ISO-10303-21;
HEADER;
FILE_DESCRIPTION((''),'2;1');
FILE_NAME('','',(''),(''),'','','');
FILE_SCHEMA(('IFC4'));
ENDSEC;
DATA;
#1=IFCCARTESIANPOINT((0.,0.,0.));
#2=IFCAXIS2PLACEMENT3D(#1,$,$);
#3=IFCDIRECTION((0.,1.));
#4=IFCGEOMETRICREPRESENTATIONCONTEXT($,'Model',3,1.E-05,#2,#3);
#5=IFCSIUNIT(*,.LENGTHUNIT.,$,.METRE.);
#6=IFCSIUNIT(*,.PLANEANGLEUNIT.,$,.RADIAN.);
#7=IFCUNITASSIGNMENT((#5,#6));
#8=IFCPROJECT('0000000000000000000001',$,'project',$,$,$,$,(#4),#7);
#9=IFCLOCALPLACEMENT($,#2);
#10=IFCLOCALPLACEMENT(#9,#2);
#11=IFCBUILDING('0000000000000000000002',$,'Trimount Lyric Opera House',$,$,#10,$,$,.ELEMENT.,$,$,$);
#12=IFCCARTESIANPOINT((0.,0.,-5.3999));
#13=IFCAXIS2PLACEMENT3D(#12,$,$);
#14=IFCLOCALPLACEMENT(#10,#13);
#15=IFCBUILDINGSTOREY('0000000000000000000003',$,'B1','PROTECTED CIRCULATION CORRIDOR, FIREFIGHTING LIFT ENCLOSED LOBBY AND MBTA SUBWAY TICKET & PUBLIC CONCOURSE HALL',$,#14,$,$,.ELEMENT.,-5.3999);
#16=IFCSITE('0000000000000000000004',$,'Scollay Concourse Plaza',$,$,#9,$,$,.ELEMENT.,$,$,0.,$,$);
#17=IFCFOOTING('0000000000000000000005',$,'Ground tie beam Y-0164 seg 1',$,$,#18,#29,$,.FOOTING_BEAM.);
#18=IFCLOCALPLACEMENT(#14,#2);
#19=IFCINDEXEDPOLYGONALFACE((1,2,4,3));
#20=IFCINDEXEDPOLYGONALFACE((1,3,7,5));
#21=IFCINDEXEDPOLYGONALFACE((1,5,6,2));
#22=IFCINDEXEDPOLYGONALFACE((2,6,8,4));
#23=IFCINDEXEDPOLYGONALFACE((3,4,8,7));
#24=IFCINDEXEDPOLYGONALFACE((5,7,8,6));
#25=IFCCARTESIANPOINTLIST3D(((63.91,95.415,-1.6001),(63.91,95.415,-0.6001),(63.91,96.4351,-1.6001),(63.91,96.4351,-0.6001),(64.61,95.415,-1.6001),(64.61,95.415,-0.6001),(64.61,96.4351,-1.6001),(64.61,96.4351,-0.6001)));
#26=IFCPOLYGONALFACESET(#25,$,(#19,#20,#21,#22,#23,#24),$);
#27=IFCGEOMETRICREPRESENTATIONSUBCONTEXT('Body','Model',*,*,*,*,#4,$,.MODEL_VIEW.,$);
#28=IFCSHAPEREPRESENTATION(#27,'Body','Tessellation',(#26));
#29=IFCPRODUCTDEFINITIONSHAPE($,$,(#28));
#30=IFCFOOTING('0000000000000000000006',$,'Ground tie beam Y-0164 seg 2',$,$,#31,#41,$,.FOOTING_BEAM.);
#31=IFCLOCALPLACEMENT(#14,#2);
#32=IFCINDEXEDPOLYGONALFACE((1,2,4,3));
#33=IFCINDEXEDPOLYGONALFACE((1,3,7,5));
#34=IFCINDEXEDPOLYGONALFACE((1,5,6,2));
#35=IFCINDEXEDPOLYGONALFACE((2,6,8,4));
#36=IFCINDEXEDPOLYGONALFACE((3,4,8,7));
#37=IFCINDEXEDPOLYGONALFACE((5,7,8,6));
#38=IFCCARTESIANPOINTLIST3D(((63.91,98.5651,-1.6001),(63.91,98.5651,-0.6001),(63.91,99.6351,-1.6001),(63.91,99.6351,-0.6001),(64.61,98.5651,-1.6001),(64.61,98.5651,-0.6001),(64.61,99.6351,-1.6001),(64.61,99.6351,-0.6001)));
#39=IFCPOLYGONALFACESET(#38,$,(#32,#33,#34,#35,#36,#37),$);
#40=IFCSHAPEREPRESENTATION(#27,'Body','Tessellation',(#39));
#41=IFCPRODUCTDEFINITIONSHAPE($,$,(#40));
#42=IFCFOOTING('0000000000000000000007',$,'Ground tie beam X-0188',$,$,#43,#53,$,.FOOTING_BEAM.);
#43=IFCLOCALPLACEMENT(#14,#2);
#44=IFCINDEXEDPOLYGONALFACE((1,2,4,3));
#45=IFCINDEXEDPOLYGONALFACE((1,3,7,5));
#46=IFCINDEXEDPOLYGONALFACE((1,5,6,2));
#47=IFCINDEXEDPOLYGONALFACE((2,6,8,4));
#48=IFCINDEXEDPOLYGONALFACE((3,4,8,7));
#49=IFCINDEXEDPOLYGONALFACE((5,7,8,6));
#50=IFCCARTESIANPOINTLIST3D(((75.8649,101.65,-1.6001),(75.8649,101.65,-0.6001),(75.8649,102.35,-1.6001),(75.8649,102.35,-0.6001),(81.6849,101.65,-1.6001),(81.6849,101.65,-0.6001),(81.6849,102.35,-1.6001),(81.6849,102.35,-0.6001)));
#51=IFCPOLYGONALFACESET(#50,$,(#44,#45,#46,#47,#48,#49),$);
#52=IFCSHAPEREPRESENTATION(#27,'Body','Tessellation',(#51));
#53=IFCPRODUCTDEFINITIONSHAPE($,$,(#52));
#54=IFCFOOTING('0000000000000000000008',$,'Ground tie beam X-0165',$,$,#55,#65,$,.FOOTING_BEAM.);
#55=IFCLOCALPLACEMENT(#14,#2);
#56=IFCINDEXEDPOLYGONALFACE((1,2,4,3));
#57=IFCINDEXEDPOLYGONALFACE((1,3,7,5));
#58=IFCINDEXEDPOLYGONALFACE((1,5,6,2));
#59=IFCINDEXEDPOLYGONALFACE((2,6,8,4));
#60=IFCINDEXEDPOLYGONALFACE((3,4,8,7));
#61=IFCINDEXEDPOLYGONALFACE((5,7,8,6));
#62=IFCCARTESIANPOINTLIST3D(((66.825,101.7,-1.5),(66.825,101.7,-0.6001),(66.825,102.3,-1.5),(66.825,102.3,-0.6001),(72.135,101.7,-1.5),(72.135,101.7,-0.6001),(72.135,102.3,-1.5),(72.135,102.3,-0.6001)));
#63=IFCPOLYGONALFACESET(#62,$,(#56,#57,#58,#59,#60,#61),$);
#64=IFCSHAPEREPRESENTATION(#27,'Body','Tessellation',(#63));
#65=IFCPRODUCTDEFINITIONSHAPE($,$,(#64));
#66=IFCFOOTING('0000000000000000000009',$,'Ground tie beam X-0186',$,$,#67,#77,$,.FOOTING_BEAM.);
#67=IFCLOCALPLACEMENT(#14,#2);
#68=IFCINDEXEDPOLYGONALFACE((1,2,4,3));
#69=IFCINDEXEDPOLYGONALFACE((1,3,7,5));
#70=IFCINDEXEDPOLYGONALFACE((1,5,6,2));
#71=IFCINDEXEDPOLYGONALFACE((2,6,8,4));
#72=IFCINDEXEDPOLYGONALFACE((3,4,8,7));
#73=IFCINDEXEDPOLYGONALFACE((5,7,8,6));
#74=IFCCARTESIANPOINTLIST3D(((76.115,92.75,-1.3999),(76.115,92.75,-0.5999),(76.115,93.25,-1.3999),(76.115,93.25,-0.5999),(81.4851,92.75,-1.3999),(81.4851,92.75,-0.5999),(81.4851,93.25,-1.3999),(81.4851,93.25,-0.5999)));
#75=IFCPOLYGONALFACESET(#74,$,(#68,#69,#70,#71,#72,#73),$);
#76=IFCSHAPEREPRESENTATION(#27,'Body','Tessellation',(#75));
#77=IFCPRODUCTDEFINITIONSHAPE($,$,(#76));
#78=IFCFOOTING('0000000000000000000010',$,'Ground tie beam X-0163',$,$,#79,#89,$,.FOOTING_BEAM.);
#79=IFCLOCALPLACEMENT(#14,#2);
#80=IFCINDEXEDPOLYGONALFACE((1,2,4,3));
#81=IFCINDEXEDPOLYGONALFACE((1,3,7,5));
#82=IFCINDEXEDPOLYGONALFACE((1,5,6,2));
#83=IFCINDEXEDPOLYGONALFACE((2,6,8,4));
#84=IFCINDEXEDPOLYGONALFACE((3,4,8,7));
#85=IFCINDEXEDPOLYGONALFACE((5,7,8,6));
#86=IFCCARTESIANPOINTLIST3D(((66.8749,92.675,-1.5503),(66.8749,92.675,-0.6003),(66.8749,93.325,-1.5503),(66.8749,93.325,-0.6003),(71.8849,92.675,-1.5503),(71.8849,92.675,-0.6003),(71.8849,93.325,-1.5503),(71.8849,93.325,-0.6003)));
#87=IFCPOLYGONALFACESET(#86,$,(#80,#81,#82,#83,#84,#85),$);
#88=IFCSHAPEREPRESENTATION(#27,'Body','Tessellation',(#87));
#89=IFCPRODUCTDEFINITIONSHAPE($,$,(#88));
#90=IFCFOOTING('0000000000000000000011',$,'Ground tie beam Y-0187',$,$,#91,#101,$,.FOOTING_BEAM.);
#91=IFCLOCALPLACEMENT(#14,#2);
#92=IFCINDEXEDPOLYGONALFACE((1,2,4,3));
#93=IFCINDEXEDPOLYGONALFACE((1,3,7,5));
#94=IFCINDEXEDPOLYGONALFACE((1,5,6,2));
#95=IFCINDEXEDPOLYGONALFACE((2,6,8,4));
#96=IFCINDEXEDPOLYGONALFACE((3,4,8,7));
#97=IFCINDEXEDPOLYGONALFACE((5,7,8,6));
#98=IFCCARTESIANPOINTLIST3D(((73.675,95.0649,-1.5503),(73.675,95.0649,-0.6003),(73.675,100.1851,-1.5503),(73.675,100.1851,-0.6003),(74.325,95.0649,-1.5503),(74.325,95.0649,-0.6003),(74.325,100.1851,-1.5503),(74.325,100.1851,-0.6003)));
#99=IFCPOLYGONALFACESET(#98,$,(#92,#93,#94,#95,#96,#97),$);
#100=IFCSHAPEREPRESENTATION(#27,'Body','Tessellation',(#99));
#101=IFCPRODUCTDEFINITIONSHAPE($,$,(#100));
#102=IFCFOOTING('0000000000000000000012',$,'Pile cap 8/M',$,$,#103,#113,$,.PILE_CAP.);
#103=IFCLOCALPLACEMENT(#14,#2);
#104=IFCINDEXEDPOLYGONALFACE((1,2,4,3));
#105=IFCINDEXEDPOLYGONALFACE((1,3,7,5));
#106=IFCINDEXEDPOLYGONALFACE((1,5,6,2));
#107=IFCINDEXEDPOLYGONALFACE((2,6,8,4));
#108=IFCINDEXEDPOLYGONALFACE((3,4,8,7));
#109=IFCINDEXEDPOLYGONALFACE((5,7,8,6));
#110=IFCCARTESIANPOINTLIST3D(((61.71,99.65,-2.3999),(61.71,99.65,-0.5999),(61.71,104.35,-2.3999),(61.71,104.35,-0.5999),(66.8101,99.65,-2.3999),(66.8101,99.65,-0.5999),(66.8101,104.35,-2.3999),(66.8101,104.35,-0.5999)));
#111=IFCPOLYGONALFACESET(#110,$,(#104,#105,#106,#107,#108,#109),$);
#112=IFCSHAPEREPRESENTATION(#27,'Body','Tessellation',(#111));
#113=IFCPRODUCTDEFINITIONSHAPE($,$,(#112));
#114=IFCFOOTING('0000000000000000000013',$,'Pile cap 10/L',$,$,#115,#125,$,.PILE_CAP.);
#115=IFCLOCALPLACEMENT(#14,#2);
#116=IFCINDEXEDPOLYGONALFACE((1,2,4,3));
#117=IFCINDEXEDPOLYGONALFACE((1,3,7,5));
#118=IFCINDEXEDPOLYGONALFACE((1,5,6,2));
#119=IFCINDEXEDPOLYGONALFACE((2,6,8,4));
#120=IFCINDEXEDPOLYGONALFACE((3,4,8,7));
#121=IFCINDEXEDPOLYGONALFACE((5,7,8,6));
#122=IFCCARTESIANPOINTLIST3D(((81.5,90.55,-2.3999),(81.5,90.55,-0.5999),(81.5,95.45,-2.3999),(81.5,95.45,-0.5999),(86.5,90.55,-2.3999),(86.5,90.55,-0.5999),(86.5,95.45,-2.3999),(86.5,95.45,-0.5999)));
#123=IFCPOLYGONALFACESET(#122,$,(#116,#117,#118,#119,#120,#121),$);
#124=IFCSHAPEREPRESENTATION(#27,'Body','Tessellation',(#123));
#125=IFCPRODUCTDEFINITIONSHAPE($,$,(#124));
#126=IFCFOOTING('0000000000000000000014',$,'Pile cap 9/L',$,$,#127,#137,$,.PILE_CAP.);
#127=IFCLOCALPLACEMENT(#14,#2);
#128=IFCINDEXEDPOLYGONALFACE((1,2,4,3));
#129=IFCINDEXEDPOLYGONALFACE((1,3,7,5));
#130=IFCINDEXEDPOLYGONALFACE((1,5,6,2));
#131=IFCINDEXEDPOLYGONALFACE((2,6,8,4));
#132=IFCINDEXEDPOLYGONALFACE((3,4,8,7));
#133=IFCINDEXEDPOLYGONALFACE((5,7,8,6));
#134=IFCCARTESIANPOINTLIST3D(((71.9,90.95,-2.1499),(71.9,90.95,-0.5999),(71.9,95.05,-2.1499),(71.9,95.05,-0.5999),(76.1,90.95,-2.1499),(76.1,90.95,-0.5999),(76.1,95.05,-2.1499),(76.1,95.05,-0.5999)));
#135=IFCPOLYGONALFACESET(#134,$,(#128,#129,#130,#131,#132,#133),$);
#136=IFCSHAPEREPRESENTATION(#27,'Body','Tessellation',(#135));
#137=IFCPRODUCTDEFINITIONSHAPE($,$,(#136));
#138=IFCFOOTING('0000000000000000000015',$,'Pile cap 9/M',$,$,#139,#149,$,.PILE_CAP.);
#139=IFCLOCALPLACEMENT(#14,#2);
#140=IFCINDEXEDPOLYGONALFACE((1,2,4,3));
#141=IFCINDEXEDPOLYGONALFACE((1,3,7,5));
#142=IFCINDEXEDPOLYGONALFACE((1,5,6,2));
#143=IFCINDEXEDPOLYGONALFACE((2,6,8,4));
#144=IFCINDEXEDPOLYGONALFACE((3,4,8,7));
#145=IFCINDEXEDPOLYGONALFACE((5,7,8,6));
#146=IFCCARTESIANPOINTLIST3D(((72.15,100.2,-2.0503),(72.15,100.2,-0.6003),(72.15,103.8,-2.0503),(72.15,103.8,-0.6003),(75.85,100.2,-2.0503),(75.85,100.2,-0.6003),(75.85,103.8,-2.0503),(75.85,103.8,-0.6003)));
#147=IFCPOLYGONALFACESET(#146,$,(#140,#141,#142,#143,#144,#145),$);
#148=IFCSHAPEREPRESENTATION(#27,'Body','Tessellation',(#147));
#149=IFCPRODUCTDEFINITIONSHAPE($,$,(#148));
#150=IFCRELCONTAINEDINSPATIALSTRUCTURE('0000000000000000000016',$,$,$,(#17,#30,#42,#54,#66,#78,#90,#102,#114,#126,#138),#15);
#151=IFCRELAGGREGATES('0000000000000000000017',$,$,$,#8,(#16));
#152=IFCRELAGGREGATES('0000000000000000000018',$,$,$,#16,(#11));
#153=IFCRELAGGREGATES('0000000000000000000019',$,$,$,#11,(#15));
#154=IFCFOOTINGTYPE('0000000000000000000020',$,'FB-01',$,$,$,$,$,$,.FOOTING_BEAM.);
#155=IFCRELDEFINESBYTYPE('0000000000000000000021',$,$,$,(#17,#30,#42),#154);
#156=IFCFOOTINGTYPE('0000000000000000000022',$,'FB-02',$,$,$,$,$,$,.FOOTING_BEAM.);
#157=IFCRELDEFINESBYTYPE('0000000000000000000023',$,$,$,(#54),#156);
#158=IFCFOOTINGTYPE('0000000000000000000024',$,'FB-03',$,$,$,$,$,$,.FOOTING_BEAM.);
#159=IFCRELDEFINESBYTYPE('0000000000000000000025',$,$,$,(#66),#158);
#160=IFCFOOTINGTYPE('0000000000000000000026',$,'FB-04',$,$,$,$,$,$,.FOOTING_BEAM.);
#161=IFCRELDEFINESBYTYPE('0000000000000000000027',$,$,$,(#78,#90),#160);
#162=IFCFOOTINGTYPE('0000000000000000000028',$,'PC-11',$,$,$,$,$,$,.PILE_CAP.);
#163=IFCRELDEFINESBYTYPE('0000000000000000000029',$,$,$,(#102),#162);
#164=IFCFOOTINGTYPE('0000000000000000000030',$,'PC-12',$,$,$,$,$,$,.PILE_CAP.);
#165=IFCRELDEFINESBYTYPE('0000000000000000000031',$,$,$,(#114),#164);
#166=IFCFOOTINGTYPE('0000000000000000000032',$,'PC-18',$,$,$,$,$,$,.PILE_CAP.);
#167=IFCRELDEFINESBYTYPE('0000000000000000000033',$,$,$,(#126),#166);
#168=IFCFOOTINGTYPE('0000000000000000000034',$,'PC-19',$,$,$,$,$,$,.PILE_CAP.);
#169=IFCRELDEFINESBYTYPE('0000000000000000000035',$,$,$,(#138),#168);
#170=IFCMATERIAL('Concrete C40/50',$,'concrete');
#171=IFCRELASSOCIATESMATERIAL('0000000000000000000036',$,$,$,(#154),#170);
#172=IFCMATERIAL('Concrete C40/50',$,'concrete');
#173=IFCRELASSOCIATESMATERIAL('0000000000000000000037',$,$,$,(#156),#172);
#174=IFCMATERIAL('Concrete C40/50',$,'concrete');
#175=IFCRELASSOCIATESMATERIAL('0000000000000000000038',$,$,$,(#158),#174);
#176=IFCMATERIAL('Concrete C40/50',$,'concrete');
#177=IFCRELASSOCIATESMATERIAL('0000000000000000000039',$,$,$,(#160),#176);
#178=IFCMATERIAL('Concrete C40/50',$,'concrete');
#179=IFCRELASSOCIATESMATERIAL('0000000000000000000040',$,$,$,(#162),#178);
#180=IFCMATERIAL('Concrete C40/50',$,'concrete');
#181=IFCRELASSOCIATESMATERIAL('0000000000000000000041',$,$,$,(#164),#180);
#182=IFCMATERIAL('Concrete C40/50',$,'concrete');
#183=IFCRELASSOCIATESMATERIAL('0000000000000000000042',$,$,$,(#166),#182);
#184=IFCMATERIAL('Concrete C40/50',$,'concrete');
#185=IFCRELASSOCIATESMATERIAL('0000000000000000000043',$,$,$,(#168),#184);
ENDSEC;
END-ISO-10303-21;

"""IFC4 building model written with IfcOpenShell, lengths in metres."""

from ifc_helpers import new_model, si_unit, direction, frame, origin, origin_2d, place, context, subcontext, project, spatial, rectangle, extrude, material, type_object, element, save


model = new_model("IFC4")

# Units and contexts
model_context = context("Model", 3, precision=1e-05, world=origin(), true_north=direction((0.0, 1.0)))
body_context = subcontext(model_context, "Body", "Model", "MODEL_VIEW")
ifc_project = project(units=[si_unit("LENGTHUNIT", "METRE"), si_unit("PLANEANGLEUNIT", "RADIAN")], contexts=[model_context])

# Site, building, storey
site_placement = place(None, origin())
site = spatial("IfcSite", under=ifc_project, at=site_placement, Name="Scollay Concourse Plaza", CompositionType="ELEMENT", RefElevation=0.0)
building_placement = place(site_placement, origin())
building = spatial("IfcBuilding", under=site, at=building_placement, Name="Trimount Lyric Opera House", CompositionType="ELEMENT")
storey_placement = place(building_placement, frame((0.0, 0.0, -5.3999)))
storey = spatial("IfcBuildingStorey", under=building, at=storey_placement, Name="B1", Description="PROTECTED CIRCULATION CORRIDOR, FIREFIGHTING LIFT ENCLOSED LOBBY AND MBTA SUBWAY TICKET & PUBLIC CONCOURSE HALL", CompositionType="ELEMENT", Elevation=-5.3999)

# Footings
ifc_material_1 = material(Name="Concrete C40/50", Category="concrete")
footing_type_1 = type_object("IfcFootingType", Name="FB-01", PredefinedType="FOOTING_BEAM", material=ifc_material_1)
footing_1_placement = place(storey_placement, frame((64.26, 95.925, -1.6001), z_axis=(0.0, 0.0, 1.0), x_axis=(1.0, 0.0, 0.0)))
element("IfcFooting", 1, at=footing_1_placement, inside=storey, type_object=footing_type_1, Name="Ground tie beam Y-0164 seg 1", PredefinedType="FOOTING_BEAM", context=body_context, shape_type="SweptSolid", body=[
    extrude(rectangle(XDim=0.7, YDim=1.02, at=origin_2d()), origin(), (0.0, 0.0, 1.0), 1.0),
])
footing_2_placement = place(storey_placement, frame((64.26, 99.1001, -1.6001), z_axis=(0.0, 0.0, 1.0), x_axis=(1.0, 0.0, 0.0)))
element("IfcFooting", 2, at=footing_2_placement, inside=storey, type_object=footing_type_1, Name="Ground tie beam Y-0164 seg 2", PredefinedType="FOOTING_BEAM", context=body_context, shape_type="SweptSolid", body=[
    extrude(rectangle(XDim=0.7, YDim=1.0701, at=origin_2d()), origin(), (0.0, 0.0, 1.0), 1.0),
])
footing_3_placement = place(storey_placement, frame((78.7749, 102.0, -1.6001), z_axis=(0.0, 0.0, 1.0), x_axis=(1.0, 0.0, 0.0)))
element("IfcFooting", 3, at=footing_3_placement, inside=storey, type_object=footing_type_1, Name="Ground tie beam X-0188", PredefinedType="FOOTING_BEAM", context=body_context, shape_type="SweptSolid", body=[
    extrude(rectangle(XDim=5.8201, YDim=0.7, at=origin_2d()), origin(), (0.0, 0.0, 1.0), 1.0),
])
ifc_material_2 = material(Name="Concrete C40/50", Category="concrete")
footing_type_2 = type_object("IfcFootingType", Name="FB-02", PredefinedType="FOOTING_BEAM", material=ifc_material_2)
footing_4_placement = place(storey_placement, frame((69.48, 102.0, -1.5), z_axis=(0.0, 0.0, 1.0), x_axis=(1.0, 0.0, 0.0)))
element("IfcFooting", 4, at=footing_4_placement, inside=storey, type_object=footing_type_2, Name="Ground tie beam X-0165", PredefinedType="FOOTING_BEAM", context=body_context, shape_type="SweptSolid", body=[
    extrude(rectangle(XDim=5.3101, YDim=0.6001, at=origin_2d()), origin(), (0.0, 0.0, 1.0), 0.8999),
])
ifc_material_3 = material(Name="Concrete C40/50", Category="concrete")
footing_type_3 = type_object("IfcFootingType", Name="FB-03", PredefinedType="FOOTING_BEAM", material=ifc_material_3)
footing_5_placement = place(storey_placement, frame((78.8, 93.0, -1.3999), z_axis=(0.0, 0.0, 1.0), x_axis=(1.0, 0.0, 0.0)))
element("IfcFooting", 5, at=footing_5_placement, inside=storey, type_object=footing_type_3, Name="Ground tie beam X-0186", PredefinedType="FOOTING_BEAM", context=body_context, shape_type="SweptSolid", body=[
    extrude(rectangle(XDim=5.3701, YDim=0.5, at=origin_2d()), origin(), (0.0, 0.0, 1.0), 0.8),
])
ifc_material_4 = material(Name="Concrete C40/50", Category="concrete")
footing_type_4 = type_object("IfcFootingType", Name="FB-04", PredefinedType="FOOTING_BEAM", material=ifc_material_4)
footing_6_placement = place(storey_placement, frame((69.3799, 93.0, -1.5503), z_axis=(0.0, 0.0, 1.0), x_axis=(1.0, 0.0, 0.0)))
element("IfcFooting", 6, at=footing_6_placement, inside=storey, type_object=footing_type_4, Name="Ground tie beam X-0163", PredefinedType="FOOTING_BEAM", context=body_context, shape_type="SweptSolid", body=[
    extrude(rectangle(XDim=5.01, YDim=0.6499, at=origin_2d()), origin(), (0.0, 0.0, 1.0), 0.95),
])
footing_7_placement = place(storey_placement, frame((74.0, 97.625, -1.5503), z_axis=(0.0, 0.0, 1.0), x_axis=(1.0, 0.0, 0.0)))
element("IfcFooting", 7, at=footing_7_placement, inside=storey, type_object=footing_type_4, Name="Ground tie beam Y-0187", PredefinedType="FOOTING_BEAM", context=body_context, shape_type="SweptSolid", body=[
    extrude(rectangle(XDim=0.6499, YDim=5.1201, at=origin_2d()), origin(), (0.0, 0.0, 1.0), 0.95),
])
ifc_material_5 = material(Name="Concrete C40/50", Category="concrete")
footing_type_5 = type_object("IfcFootingType", Name="PC-11", PredefinedType="PILE_CAP", material=ifc_material_5)
footing_8_placement = place(storey_placement, frame((64.26, 102.0, -2.3999), z_axis=(0.0, 0.0, 1.0), x_axis=(1.0, 0.0, 0.0)))
element("IfcFooting", 8, at=footing_8_placement, inside=storey, type_object=footing_type_5, Name="Pile cap 8/M", PredefinedType="PILE_CAP", context=body_context, shape_type="SweptSolid", body=[
    extrude(rectangle(XDim=5.1001, YDim=4.7, at=origin_2d()), origin(), (0.0, 0.0, 1.0), 1.8),
])
ifc_material_6 = material(Name="Concrete C40/50", Category="concrete")
footing_type_6 = type_object("IfcFootingType", Name="PC-12", PredefinedType="PILE_CAP", material=ifc_material_6)
footing_9_placement = place(storey_placement, frame((84.0, 93.0, -2.3999), z_axis=(0.0, 0.0, 1.0), x_axis=(1.0, 0.0, 0.0)))
element("IfcFooting", 9, at=footing_9_placement, inside=storey, type_object=footing_type_6, Name="Pile cap 10/L", PredefinedType="PILE_CAP", context=body_context, shape_type="SweptSolid", body=[
    extrude(rectangle(XDim=5.0, YDim=4.8999, at=origin_2d()), origin(), (0.0, 0.0, 1.0), 1.8),
])
ifc_material_7 = material(Name="Concrete C40/50", Category="concrete")
footing_type_7 = type_object("IfcFootingType", Name="PC-18", PredefinedType="PILE_CAP", material=ifc_material_7)
footing_10_placement = place(storey_placement, frame((74.0, 93.0, -2.1499), z_axis=(0.0, 0.0, 1.0), x_axis=(1.0, 0.0, 0.0)))
element("IfcFooting", 10, at=footing_10_placement, inside=storey, type_object=footing_type_7, Name="Pile cap 9/L", PredefinedType="PILE_CAP", context=body_context, shape_type="SweptSolid", body=[
    extrude(rectangle(XDim=4.2, YDim=4.1001, at=origin_2d()), origin(), (0.0, 0.0, 1.0), 1.55),
])
ifc_material_8 = material(Name="Concrete C40/50", Category="concrete")
footing_type_8 = type_object("IfcFootingType", Name="PC-19", PredefinedType="PILE_CAP", material=ifc_material_8)
footing_11_placement = place(storey_placement, frame((74.0, 102.0, -2.0503), z_axis=(0.0, 0.0, 1.0), x_axis=(1.0, 0.0, 0.0)))
element("IfcFooting", 11, at=footing_11_placement, inside=storey, type_object=footing_type_8, Name="Pile cap 9/M", PredefinedType="PILE_CAP", context=body_context, shape_type="SweptSolid", body=[
    extrude(rectangle(XDim=3.7, YDim=3.6001, at=origin_2d()), origin(), (0.0, 0.0, 1.0), 1.45),
])

save(model, "model.ifc")
